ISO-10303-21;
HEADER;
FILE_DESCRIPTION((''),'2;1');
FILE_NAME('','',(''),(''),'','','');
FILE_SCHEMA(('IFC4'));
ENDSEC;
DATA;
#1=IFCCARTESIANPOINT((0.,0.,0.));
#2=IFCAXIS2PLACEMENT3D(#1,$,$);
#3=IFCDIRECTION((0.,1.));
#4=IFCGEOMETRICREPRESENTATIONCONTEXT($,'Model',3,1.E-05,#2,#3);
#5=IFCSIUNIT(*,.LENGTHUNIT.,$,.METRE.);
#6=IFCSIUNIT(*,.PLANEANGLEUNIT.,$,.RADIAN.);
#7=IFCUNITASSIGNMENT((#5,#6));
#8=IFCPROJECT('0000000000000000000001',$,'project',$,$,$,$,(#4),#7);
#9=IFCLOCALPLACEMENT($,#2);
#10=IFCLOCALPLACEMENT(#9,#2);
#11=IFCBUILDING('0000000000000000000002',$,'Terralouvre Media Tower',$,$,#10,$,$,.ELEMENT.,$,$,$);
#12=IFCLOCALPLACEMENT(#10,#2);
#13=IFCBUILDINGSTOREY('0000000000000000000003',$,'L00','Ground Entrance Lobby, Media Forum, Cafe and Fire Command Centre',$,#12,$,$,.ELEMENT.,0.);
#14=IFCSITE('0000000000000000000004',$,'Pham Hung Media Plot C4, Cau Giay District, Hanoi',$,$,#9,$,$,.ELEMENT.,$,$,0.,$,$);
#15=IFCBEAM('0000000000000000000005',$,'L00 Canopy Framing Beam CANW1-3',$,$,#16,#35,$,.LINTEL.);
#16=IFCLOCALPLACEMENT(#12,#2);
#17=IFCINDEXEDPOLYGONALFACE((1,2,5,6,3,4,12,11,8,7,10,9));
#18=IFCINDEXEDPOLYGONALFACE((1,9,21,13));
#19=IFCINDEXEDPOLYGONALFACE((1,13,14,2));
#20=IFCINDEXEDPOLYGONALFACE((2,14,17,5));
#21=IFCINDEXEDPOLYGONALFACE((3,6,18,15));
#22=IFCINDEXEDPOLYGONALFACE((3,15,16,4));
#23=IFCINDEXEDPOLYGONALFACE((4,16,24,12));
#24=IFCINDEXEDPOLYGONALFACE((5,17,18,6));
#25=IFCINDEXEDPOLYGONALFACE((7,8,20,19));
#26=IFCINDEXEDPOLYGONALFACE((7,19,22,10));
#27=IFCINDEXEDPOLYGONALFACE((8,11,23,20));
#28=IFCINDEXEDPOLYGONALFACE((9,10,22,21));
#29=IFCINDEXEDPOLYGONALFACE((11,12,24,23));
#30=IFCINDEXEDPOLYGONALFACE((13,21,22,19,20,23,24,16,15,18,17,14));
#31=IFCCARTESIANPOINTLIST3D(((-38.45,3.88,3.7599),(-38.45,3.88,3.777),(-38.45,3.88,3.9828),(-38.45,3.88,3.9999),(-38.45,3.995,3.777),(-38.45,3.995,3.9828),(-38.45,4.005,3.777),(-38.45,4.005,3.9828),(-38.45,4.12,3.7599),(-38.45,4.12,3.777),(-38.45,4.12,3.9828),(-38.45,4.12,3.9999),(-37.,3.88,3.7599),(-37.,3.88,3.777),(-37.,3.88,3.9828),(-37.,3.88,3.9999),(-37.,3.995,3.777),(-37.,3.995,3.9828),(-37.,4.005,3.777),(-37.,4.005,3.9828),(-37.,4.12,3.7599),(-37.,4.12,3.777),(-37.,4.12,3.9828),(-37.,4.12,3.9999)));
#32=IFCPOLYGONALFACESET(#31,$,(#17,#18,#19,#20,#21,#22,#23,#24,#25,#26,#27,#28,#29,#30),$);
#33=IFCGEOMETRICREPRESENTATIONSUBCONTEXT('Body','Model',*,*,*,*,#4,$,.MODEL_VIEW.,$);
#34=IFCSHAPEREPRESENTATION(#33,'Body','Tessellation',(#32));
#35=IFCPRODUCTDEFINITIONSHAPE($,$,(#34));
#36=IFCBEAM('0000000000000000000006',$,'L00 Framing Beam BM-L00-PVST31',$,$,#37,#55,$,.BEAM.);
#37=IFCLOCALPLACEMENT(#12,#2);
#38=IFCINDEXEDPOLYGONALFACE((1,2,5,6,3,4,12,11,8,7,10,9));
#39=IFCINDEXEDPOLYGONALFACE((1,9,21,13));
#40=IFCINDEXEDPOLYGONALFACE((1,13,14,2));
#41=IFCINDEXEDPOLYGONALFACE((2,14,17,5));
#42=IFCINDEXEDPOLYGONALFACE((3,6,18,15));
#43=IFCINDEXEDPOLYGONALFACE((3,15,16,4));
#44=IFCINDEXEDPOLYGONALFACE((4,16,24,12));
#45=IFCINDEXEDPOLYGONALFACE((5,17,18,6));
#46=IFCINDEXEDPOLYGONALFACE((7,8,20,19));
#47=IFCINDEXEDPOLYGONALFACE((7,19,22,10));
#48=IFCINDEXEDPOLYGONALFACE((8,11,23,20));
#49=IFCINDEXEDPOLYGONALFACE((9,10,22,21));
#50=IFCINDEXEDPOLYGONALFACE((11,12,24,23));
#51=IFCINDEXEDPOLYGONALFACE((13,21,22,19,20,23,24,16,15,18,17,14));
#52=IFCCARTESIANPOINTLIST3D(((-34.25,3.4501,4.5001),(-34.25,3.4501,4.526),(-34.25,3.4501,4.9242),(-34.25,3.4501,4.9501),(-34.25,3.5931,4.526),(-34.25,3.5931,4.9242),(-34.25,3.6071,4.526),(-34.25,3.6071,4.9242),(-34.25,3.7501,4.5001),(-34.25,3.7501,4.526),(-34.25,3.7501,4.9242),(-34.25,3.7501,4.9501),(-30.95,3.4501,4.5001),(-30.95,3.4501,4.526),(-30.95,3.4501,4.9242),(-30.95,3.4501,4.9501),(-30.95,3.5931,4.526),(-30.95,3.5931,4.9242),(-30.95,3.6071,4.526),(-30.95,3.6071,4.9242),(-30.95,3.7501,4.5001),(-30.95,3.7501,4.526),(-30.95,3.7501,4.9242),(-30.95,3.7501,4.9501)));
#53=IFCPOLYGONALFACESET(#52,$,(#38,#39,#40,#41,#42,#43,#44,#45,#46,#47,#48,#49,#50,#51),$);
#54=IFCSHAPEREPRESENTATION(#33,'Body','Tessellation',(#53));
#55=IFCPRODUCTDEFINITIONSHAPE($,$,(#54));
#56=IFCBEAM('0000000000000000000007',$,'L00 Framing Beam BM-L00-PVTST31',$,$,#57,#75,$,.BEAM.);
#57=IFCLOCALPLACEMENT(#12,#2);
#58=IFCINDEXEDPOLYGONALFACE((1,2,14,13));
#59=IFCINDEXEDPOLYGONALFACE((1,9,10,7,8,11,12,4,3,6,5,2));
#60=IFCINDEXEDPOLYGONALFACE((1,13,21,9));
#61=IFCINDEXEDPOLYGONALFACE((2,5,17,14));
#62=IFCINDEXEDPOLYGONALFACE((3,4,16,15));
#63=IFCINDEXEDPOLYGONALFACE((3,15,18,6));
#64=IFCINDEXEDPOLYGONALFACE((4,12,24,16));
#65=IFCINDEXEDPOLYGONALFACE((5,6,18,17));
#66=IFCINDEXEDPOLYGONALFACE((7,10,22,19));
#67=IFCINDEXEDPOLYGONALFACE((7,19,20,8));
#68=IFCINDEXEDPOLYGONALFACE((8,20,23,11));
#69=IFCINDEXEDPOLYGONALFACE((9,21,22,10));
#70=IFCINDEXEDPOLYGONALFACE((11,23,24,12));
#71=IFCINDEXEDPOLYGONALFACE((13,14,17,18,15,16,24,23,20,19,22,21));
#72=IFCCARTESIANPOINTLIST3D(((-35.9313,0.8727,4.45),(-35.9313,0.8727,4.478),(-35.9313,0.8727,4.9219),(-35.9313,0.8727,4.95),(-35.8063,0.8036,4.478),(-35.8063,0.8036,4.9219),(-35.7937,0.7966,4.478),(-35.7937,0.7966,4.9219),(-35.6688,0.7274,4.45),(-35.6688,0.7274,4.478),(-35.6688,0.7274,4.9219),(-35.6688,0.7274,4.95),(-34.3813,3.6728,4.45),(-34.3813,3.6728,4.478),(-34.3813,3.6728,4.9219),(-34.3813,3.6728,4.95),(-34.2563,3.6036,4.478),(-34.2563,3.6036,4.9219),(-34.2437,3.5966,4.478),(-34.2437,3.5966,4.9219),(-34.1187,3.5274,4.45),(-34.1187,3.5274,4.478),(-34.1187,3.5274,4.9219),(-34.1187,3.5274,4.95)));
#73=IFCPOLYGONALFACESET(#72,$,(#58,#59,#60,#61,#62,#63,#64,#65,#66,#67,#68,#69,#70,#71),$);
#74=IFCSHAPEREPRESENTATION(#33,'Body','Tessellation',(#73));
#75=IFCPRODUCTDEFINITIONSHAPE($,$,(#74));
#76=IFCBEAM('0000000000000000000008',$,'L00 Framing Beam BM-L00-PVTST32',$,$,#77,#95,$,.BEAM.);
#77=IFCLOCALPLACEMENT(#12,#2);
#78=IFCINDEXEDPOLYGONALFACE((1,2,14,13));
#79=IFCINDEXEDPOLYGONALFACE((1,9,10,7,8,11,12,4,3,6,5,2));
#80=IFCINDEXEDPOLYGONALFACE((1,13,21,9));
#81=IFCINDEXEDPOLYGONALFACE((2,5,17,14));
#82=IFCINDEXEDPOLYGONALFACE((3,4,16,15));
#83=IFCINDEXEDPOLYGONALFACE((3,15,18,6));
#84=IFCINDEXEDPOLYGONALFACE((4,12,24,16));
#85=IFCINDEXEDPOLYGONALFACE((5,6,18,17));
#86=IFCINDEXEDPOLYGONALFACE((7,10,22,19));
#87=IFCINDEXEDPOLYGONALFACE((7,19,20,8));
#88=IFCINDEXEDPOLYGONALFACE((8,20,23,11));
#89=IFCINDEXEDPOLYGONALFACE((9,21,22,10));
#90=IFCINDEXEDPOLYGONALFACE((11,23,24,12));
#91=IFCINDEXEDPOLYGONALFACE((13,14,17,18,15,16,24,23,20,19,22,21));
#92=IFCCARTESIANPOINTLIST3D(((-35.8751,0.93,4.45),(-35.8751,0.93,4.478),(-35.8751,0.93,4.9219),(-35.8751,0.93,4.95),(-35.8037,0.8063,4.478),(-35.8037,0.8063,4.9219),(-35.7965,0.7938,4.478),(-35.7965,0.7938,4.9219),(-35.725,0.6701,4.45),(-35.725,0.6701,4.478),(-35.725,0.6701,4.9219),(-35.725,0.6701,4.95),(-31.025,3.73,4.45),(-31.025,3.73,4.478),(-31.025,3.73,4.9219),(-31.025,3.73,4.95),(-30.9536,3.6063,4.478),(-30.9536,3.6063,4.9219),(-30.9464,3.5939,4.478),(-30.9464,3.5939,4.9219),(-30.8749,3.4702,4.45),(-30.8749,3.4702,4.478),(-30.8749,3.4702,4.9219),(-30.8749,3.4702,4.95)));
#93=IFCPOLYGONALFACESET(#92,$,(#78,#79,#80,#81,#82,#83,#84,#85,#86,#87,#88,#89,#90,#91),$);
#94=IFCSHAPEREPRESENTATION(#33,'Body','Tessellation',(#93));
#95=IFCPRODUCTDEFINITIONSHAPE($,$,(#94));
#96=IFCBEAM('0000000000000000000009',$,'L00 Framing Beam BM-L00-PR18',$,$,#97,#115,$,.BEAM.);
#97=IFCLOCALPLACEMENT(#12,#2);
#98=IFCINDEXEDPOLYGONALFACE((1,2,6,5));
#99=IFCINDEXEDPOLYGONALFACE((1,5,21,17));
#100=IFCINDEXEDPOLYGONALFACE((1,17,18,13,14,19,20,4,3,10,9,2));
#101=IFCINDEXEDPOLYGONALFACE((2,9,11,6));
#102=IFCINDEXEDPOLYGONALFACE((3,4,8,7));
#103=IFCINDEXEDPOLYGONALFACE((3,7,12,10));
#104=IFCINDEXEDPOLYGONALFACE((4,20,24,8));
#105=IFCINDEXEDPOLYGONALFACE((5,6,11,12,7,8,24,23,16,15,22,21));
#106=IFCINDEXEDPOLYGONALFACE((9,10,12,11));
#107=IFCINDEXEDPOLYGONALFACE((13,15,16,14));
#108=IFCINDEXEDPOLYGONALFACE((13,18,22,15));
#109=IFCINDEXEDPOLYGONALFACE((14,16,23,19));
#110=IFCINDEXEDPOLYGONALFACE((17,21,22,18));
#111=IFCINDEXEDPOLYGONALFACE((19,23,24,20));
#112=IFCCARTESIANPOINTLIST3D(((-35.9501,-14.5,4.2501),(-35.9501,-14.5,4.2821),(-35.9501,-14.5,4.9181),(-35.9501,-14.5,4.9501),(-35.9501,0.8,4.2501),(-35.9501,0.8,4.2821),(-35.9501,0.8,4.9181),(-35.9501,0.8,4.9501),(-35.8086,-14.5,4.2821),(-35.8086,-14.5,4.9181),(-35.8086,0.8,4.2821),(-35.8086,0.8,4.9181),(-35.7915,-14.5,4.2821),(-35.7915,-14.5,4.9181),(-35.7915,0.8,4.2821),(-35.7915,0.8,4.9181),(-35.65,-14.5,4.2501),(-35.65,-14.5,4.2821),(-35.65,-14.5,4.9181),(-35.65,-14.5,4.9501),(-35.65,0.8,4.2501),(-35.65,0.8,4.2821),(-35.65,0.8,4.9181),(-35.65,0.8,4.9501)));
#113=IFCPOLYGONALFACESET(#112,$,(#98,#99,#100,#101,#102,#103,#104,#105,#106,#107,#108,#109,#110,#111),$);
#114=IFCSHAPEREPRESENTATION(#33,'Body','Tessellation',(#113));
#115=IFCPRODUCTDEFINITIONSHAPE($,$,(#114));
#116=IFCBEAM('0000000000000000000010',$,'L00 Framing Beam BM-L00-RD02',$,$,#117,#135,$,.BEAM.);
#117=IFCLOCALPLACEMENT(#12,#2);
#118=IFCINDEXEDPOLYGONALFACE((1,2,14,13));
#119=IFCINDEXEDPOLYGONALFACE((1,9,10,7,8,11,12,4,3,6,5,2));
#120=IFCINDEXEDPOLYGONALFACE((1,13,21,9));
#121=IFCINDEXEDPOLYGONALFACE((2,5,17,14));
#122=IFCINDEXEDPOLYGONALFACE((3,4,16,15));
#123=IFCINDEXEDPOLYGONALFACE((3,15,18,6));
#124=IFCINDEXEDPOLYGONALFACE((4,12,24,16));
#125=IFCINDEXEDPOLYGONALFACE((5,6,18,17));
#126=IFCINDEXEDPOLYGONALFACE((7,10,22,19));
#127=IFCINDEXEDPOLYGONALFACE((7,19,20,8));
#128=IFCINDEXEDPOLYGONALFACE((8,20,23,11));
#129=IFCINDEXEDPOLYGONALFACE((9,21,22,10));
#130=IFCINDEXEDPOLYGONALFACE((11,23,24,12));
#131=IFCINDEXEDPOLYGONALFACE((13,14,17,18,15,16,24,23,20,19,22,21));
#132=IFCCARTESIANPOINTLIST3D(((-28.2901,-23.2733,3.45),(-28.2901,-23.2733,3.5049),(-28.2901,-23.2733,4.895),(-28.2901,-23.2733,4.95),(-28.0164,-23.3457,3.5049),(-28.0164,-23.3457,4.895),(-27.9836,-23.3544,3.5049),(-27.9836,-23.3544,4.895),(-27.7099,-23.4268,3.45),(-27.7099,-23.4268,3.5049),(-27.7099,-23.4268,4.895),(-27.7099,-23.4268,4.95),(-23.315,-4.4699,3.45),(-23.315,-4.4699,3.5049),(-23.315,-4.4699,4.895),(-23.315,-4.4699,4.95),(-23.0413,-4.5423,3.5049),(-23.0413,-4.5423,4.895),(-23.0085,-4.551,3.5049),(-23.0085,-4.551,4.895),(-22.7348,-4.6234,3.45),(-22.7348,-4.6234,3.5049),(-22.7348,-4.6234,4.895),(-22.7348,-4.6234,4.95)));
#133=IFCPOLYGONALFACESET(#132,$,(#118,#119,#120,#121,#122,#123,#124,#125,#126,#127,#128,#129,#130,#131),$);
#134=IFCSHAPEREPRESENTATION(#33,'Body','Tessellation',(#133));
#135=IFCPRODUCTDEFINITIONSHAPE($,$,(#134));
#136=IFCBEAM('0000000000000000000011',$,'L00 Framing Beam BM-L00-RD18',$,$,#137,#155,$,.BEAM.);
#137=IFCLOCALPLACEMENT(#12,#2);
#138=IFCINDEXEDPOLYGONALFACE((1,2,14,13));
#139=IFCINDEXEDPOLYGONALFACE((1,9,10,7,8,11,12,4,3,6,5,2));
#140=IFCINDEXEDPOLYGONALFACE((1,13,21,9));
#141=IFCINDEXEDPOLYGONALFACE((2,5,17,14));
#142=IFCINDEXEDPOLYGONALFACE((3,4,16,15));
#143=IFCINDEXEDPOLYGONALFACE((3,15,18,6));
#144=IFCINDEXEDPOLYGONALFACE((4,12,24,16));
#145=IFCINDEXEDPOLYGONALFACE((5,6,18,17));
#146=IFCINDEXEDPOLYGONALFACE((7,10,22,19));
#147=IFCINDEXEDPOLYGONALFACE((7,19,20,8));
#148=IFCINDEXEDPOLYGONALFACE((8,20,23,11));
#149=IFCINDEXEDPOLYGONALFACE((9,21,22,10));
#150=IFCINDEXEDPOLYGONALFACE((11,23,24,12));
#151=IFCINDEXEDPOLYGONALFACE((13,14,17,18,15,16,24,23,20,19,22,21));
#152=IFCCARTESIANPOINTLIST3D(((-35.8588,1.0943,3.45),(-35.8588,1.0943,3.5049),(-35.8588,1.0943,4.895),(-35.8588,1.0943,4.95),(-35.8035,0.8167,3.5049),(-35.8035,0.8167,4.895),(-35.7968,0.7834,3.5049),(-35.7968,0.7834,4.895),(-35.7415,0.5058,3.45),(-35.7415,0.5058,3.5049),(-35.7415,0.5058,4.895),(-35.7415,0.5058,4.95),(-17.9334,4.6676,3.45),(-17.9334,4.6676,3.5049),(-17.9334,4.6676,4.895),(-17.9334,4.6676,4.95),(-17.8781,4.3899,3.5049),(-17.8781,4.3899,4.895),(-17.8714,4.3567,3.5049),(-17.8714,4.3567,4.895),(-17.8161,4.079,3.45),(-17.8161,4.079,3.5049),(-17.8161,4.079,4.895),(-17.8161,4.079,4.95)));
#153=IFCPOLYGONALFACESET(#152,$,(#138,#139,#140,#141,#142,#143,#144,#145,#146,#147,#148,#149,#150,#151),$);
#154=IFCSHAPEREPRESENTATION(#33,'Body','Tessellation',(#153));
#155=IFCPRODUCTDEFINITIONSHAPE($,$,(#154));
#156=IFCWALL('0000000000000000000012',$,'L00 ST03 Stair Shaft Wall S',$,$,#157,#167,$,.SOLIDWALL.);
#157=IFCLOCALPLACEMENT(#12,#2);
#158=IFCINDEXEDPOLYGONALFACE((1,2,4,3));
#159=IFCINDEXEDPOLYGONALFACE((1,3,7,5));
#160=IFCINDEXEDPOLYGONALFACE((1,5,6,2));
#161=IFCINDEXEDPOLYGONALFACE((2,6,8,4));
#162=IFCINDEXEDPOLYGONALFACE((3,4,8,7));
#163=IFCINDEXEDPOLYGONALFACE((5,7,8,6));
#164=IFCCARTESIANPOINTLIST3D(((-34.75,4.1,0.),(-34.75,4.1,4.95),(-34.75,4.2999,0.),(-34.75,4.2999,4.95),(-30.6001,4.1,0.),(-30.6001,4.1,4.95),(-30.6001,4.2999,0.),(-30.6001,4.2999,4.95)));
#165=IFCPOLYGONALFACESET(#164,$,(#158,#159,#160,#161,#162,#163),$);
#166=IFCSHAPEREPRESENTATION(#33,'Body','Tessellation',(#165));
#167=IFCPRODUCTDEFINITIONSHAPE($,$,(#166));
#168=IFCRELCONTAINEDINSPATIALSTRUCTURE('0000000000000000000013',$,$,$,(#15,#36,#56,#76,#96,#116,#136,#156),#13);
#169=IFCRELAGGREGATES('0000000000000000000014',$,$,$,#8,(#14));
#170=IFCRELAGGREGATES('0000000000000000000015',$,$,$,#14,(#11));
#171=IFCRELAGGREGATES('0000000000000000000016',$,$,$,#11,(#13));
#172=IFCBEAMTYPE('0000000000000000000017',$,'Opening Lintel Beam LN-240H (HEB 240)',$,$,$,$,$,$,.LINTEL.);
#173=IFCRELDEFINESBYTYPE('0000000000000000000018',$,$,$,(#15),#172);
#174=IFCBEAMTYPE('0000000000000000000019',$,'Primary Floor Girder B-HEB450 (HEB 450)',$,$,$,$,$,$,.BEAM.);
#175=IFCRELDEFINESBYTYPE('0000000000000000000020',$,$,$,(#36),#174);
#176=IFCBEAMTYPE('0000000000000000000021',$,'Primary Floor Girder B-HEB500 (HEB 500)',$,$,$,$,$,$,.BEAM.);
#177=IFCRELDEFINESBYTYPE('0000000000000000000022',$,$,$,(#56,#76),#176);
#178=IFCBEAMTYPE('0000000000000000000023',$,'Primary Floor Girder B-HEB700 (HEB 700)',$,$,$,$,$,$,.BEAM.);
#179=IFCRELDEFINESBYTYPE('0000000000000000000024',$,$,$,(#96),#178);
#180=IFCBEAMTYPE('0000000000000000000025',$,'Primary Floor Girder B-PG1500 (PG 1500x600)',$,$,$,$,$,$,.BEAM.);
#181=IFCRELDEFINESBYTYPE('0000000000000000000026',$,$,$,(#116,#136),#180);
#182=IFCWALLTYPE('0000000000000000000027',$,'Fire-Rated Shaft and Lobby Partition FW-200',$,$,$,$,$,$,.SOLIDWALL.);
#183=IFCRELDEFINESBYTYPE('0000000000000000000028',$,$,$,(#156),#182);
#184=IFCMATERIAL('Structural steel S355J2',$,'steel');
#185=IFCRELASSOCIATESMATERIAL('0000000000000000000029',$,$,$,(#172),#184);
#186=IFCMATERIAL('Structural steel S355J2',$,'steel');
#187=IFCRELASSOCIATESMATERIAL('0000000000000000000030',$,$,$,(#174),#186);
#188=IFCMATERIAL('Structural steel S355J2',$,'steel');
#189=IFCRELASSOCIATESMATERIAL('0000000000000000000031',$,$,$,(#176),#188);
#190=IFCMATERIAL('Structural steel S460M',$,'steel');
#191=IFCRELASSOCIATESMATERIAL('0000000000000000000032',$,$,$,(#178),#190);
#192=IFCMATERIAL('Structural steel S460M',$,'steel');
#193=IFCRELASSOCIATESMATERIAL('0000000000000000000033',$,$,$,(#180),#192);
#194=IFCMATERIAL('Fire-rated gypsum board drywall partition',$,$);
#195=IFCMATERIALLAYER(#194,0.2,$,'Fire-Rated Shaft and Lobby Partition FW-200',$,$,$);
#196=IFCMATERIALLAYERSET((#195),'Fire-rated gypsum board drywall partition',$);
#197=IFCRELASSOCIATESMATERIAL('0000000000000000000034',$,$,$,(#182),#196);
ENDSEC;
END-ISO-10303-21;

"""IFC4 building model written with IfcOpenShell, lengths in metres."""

from ifc_helpers import new_model, si_unit, direction, frame, frame_2d, origin, origin_2d, place, context, subcontext, project, spatial, rectangle, i_section, extrude, material, layer, layer_set, material_profile, profile_set, type_object, element, save


model = new_model("IFC4")

# Units and contexts
model_context = context("Model", 3, precision=1e-05, world=origin(), true_north=direction((0.0, 1.0)))
body_context = subcontext(model_context, "Body", "Model", "MODEL_VIEW")
ifc_project = project(units=[si_unit("LENGTHUNIT", "METRE"), si_unit("PLANEANGLEUNIT", "RADIAN")], contexts=[model_context])

# Site, building, storey
site_placement = place(None, origin())
site = spatial("IfcSite", under=ifc_project, at=site_placement, Name="Pham Hung Media Plot C4, Cau Giay District, Hanoi", CompositionType="ELEMENT", RefElevation=0.0)
building_placement = place(site_placement, origin())
building = spatial("IfcBuilding", under=site, at=building_placement, Name="Terralouvre Media Tower", CompositionType="ELEMENT")
storey_placement = place(building_placement, origin())
storey = spatial("IfcBuildingStorey", under=building, at=storey_placement, Name="L00", Description="Ground Entrance Lobby, Media Forum, Cafe and Fire Command Centre", CompositionType="ELEMENT", Elevation=0.0)

# Beams
ifc_material_1 = material(Name="Structural steel S355J2", Category="steel")
ifc_material_profile_1 = material_profile(ifc_material_1, i_section(OverallWidth=0.24, OverallDepth=0.24, WebThickness=0.01, FlangeThickness=0.0171, at=origin_2d()), Name="HEB 240")
ifc_profile_set_1 = profile_set([ifc_material_profile_1], Name="Structural steel S355J2")
beam_type_1 = type_object("IfcBeamType", Name="Opening Lintel Beam LN-240H (HEB 240)", PredefinedType="LINTEL", material=ifc_profile_set_1)
for number, where, z_axis, x_axis, name in (
    (1, (-38.45, 4.0, 3.8799), (1.0, 0.0, 0.0), (0.0, 1.0, 0.0), "L00 Canopy Framing Beam CANW1-3"),
):
    element("IfcBeam", number, at=place(storey_placement, frame(where, z_axis=z_axis, x_axis=x_axis)), inside=storey, type_object=beam_type_1, Name=name, PredefinedType="LINTEL", context=body_context, shape_type="SweptSolid", body=[
        extrude(i_section(OverallWidth=0.24, OverallDepth=0.24, WebThickness=0.01, FlangeThickness=0.0171, at=origin_2d()), origin(), (0.0, 0.0, 1.0), 1.45),
    ])
ifc_material_2 = material(Name="Structural steel S355J2", Category="steel")
ifc_material_profile_2 = material_profile(ifc_material_2, i_section(OverallWidth=0.3, OverallDepth=0.45, WebThickness=0.0139, FlangeThickness=0.0259, at=origin_2d()), Name="HEB 450")
ifc_profile_set_2 = profile_set([ifc_material_profile_2], Name="Structural steel S355J2")
beam_type_2 = type_object("IfcBeamType", Name="Primary Floor Girder B-HEB450 (HEB 450)", PredefinedType="BEAM", material=ifc_profile_set_2)
beam_1_placement = place(storey_placement, frame((-34.25, 3.6001, 4.7251), z_axis=(1.0, 0.0, 0.0), x_axis=(0.0, 1.0, 0.0)))
element("IfcBeam", 2, at=beam_1_placement, inside=storey, type_object=beam_type_2, Name="L00 Framing Beam BM-L00-PVST31", PredefinedType="BEAM", context=body_context, shape_type="SweptSolid", body=[
    extrude(i_section(OverallWidth=0.3, OverallDepth=0.45, WebThickness=0.0139, FlangeThickness=0.0259, at=origin_2d()), origin(), (0.0, 0.0, 1.0), 3.3),
])
ifc_material_3 = material(Name="Structural steel S355J2", Category="steel")
ifc_material_profile_3 = material_profile(ifc_material_3, i_section(OverallWidth=0.3, OverallDepth=0.5, WebThickness=0.0144, FlangeThickness=0.0281, at=origin_2d()), Name="HEB 500")
ifc_profile_set_3 = profile_set([ifc_material_profile_3], Name="Structural steel S355J2")
beam_type_3 = type_object("IfcBeamType", Name="Primary Floor Girder B-HEB500 (HEB 500)", PredefinedType="BEAM", material=ifc_profile_set_3)
beam_2_placement = place(storey_placement, frame((-34.25, 3.6001, 4.7), z_axis=(-0.484321, -0.87489, 0.0), x_axis=(0.87489, -0.484321, 0.0)))
element("IfcBeam", 3, at=beam_2_placement, inside=storey, type_object=beam_type_3, Name="L00 Framing Beam BM-L00-PVTST31", PredefinedType="BEAM", context=body_context, shape_type="SweptSolid", body=[
    extrude(i_section(OverallWidth=0.3, OverallDepth=0.5, WebThickness=0.0144, FlangeThickness=0.0281, at=origin_2d()), origin(), (0.0, 0.0, 1.0), 3.2004),
])
beam_3_placement = place(storey_placement, frame((-30.95, 3.6001, 4.7), z_axis=(-0.866037, -0.499979, 0.0), x_axis=(0.499979, -0.866037, 0.0)))
element("IfcBeam", 4, at=beam_3_placement, inside=storey, type_object=beam_type_3, Name="L00 Framing Beam BM-L00-PVTST32", PredefinedType="BEAM", context=body_context, shape_type="SweptSolid", body=[
    extrude(i_section(OverallWidth=0.3, OverallDepth=0.5, WebThickness=0.0144, FlangeThickness=0.0281, at=origin_2d()), origin(), (0.0, 0.0, 1.0), 5.6003),
])
ifc_material_4 = material(Name="Structural steel S460M", Category="steel")
ifc_material_profile_4 = material_profile(ifc_material_4, i_section(OverallWidth=0.3, OverallDepth=0.7, WebThickness=0.0171, FlangeThickness=0.032, at=origin_2d()), Name="HEB 700")
ifc_profile_set_4 = profile_set([ifc_material_profile_4], Name="Structural steel S460M")
beam_type_4 = type_object("IfcBeamType", Name="Primary Floor Girder B-HEB700 (HEB 700)", PredefinedType="BEAM", material=ifc_profile_set_4)
beam_4_placement = place(storey_placement, frame((-35.8, 0.8, 4.6001), z_axis=(0.0, -1.0, 0.0), x_axis=(1.0, 0.0, 0.0)))
element("IfcBeam", 5, at=beam_4_placement, inside=storey, type_object=beam_type_4, Name="L00 Framing Beam BM-L00-PR18", PredefinedType="BEAM", context=body_context, shape_type="SweptSolid", body=[
    extrude(i_section(OverallWidth=0.3, OverallDepth=0.7, WebThickness=0.0171, FlangeThickness=0.032, at=origin_2d()), origin(), (0.0, 0.0, 1.0), 15.3),
])
ifc_material_5 = material(Name="Structural steel S460M", Category="steel")
ifc_material_profile_5 = material_profile(ifc_material_5, i_section(OverallWidth=0.6001, OverallDepth=1.5, WebThickness=0.0339, FlangeThickness=0.0549, at=origin_2d()), Name="PG 1500x600")
ifc_profile_set_5 = profile_set([ifc_material_profile_5], Name="Structural steel S460M")
beam_type_5 = type_object("IfcBeamType", Name="Primary Floor Girder B-PG1500 (PG 1500x600)", PredefinedType="BEAM", material=ifc_profile_set_5)
beam_5_placement = place(storey_placement, frame((-23.0249, -4.5466, 4.2), z_axis=(-0.255783, -0.966734, 0.0), x_axis=(0.966734, -0.255783, 0.0)))
element("IfcBeam", 6, at=beam_5_placement, inside=storey, type_object=beam_type_5, Name="L00 Framing Beam BM-L00-RD02", PredefinedType="BEAM", context=body_context, shape_type="SweptSolid", body=[
    extrude(i_section(OverallWidth=0.6001, OverallDepth=1.5, WebThickness=0.0339, FlangeThickness=0.0549, at=origin_2d()), origin(), (0.0, 0.0, 1.0), 19.4504),
])
beam_6_placement = place(storey_placement, frame((-17.8748, 4.3733, 4.2), z_axis=(-0.980705, -0.195494, 0.0), x_axis=(0.195494, -0.980705, 0.0)))
element("IfcBeam", 7, at=beam_6_placement, inside=storey, type_object=beam_type_5, Name="L00 Framing Beam BM-L00-RD18", PredefinedType="BEAM", context=body_context, shape_type="SweptSolid", body=[
    extrude(i_section(OverallWidth=0.6001, OverallDepth=1.5, WebThickness=0.0339, FlangeThickness=0.0549, at=origin_2d()), origin(), (0.0, 0.0, 1.0), 18.2781),
])

# Wall
ifc_material_6 = material(Name="Fire-rated gypsum board drywall partition")
ifc_layer_1 = layer(ifc_material_6, 0.2, Name="Fire-Rated Shaft and Lobby Partition FW-200")
ifc_layer_set_1 = layer_set([ifc_layer_1], Name="Fire-rated gypsum board drywall partition")
wall_type_1 = type_object("IfcWallType", Name="Fire-Rated Shaft and Lobby Partition FW-200", PredefinedType="SOLIDWALL", material=ifc_layer_set_1)
wall_1_placement = place(storey_placement, frame((-34.75, 4.2, 0.0), z_axis=(0.0, 0.0, 1.0), x_axis=(1.0, 0.0, 0.0)))
element("IfcWall", 8, at=wall_1_placement, inside=storey, type_object=wall_type_1, Name="L00 ST03 Stair Shaft Wall S", PredefinedType="SOLIDWALL", context=body_context, shape_type="SweptSolid", body=[
    extrude(rectangle(XDim=4.1499, YDim=0.2, at=frame_2d((2.075, 0.0))), origin(), (0.0, 0.0, 1.0), 4.95),
])

save(model, "model.ifc")
